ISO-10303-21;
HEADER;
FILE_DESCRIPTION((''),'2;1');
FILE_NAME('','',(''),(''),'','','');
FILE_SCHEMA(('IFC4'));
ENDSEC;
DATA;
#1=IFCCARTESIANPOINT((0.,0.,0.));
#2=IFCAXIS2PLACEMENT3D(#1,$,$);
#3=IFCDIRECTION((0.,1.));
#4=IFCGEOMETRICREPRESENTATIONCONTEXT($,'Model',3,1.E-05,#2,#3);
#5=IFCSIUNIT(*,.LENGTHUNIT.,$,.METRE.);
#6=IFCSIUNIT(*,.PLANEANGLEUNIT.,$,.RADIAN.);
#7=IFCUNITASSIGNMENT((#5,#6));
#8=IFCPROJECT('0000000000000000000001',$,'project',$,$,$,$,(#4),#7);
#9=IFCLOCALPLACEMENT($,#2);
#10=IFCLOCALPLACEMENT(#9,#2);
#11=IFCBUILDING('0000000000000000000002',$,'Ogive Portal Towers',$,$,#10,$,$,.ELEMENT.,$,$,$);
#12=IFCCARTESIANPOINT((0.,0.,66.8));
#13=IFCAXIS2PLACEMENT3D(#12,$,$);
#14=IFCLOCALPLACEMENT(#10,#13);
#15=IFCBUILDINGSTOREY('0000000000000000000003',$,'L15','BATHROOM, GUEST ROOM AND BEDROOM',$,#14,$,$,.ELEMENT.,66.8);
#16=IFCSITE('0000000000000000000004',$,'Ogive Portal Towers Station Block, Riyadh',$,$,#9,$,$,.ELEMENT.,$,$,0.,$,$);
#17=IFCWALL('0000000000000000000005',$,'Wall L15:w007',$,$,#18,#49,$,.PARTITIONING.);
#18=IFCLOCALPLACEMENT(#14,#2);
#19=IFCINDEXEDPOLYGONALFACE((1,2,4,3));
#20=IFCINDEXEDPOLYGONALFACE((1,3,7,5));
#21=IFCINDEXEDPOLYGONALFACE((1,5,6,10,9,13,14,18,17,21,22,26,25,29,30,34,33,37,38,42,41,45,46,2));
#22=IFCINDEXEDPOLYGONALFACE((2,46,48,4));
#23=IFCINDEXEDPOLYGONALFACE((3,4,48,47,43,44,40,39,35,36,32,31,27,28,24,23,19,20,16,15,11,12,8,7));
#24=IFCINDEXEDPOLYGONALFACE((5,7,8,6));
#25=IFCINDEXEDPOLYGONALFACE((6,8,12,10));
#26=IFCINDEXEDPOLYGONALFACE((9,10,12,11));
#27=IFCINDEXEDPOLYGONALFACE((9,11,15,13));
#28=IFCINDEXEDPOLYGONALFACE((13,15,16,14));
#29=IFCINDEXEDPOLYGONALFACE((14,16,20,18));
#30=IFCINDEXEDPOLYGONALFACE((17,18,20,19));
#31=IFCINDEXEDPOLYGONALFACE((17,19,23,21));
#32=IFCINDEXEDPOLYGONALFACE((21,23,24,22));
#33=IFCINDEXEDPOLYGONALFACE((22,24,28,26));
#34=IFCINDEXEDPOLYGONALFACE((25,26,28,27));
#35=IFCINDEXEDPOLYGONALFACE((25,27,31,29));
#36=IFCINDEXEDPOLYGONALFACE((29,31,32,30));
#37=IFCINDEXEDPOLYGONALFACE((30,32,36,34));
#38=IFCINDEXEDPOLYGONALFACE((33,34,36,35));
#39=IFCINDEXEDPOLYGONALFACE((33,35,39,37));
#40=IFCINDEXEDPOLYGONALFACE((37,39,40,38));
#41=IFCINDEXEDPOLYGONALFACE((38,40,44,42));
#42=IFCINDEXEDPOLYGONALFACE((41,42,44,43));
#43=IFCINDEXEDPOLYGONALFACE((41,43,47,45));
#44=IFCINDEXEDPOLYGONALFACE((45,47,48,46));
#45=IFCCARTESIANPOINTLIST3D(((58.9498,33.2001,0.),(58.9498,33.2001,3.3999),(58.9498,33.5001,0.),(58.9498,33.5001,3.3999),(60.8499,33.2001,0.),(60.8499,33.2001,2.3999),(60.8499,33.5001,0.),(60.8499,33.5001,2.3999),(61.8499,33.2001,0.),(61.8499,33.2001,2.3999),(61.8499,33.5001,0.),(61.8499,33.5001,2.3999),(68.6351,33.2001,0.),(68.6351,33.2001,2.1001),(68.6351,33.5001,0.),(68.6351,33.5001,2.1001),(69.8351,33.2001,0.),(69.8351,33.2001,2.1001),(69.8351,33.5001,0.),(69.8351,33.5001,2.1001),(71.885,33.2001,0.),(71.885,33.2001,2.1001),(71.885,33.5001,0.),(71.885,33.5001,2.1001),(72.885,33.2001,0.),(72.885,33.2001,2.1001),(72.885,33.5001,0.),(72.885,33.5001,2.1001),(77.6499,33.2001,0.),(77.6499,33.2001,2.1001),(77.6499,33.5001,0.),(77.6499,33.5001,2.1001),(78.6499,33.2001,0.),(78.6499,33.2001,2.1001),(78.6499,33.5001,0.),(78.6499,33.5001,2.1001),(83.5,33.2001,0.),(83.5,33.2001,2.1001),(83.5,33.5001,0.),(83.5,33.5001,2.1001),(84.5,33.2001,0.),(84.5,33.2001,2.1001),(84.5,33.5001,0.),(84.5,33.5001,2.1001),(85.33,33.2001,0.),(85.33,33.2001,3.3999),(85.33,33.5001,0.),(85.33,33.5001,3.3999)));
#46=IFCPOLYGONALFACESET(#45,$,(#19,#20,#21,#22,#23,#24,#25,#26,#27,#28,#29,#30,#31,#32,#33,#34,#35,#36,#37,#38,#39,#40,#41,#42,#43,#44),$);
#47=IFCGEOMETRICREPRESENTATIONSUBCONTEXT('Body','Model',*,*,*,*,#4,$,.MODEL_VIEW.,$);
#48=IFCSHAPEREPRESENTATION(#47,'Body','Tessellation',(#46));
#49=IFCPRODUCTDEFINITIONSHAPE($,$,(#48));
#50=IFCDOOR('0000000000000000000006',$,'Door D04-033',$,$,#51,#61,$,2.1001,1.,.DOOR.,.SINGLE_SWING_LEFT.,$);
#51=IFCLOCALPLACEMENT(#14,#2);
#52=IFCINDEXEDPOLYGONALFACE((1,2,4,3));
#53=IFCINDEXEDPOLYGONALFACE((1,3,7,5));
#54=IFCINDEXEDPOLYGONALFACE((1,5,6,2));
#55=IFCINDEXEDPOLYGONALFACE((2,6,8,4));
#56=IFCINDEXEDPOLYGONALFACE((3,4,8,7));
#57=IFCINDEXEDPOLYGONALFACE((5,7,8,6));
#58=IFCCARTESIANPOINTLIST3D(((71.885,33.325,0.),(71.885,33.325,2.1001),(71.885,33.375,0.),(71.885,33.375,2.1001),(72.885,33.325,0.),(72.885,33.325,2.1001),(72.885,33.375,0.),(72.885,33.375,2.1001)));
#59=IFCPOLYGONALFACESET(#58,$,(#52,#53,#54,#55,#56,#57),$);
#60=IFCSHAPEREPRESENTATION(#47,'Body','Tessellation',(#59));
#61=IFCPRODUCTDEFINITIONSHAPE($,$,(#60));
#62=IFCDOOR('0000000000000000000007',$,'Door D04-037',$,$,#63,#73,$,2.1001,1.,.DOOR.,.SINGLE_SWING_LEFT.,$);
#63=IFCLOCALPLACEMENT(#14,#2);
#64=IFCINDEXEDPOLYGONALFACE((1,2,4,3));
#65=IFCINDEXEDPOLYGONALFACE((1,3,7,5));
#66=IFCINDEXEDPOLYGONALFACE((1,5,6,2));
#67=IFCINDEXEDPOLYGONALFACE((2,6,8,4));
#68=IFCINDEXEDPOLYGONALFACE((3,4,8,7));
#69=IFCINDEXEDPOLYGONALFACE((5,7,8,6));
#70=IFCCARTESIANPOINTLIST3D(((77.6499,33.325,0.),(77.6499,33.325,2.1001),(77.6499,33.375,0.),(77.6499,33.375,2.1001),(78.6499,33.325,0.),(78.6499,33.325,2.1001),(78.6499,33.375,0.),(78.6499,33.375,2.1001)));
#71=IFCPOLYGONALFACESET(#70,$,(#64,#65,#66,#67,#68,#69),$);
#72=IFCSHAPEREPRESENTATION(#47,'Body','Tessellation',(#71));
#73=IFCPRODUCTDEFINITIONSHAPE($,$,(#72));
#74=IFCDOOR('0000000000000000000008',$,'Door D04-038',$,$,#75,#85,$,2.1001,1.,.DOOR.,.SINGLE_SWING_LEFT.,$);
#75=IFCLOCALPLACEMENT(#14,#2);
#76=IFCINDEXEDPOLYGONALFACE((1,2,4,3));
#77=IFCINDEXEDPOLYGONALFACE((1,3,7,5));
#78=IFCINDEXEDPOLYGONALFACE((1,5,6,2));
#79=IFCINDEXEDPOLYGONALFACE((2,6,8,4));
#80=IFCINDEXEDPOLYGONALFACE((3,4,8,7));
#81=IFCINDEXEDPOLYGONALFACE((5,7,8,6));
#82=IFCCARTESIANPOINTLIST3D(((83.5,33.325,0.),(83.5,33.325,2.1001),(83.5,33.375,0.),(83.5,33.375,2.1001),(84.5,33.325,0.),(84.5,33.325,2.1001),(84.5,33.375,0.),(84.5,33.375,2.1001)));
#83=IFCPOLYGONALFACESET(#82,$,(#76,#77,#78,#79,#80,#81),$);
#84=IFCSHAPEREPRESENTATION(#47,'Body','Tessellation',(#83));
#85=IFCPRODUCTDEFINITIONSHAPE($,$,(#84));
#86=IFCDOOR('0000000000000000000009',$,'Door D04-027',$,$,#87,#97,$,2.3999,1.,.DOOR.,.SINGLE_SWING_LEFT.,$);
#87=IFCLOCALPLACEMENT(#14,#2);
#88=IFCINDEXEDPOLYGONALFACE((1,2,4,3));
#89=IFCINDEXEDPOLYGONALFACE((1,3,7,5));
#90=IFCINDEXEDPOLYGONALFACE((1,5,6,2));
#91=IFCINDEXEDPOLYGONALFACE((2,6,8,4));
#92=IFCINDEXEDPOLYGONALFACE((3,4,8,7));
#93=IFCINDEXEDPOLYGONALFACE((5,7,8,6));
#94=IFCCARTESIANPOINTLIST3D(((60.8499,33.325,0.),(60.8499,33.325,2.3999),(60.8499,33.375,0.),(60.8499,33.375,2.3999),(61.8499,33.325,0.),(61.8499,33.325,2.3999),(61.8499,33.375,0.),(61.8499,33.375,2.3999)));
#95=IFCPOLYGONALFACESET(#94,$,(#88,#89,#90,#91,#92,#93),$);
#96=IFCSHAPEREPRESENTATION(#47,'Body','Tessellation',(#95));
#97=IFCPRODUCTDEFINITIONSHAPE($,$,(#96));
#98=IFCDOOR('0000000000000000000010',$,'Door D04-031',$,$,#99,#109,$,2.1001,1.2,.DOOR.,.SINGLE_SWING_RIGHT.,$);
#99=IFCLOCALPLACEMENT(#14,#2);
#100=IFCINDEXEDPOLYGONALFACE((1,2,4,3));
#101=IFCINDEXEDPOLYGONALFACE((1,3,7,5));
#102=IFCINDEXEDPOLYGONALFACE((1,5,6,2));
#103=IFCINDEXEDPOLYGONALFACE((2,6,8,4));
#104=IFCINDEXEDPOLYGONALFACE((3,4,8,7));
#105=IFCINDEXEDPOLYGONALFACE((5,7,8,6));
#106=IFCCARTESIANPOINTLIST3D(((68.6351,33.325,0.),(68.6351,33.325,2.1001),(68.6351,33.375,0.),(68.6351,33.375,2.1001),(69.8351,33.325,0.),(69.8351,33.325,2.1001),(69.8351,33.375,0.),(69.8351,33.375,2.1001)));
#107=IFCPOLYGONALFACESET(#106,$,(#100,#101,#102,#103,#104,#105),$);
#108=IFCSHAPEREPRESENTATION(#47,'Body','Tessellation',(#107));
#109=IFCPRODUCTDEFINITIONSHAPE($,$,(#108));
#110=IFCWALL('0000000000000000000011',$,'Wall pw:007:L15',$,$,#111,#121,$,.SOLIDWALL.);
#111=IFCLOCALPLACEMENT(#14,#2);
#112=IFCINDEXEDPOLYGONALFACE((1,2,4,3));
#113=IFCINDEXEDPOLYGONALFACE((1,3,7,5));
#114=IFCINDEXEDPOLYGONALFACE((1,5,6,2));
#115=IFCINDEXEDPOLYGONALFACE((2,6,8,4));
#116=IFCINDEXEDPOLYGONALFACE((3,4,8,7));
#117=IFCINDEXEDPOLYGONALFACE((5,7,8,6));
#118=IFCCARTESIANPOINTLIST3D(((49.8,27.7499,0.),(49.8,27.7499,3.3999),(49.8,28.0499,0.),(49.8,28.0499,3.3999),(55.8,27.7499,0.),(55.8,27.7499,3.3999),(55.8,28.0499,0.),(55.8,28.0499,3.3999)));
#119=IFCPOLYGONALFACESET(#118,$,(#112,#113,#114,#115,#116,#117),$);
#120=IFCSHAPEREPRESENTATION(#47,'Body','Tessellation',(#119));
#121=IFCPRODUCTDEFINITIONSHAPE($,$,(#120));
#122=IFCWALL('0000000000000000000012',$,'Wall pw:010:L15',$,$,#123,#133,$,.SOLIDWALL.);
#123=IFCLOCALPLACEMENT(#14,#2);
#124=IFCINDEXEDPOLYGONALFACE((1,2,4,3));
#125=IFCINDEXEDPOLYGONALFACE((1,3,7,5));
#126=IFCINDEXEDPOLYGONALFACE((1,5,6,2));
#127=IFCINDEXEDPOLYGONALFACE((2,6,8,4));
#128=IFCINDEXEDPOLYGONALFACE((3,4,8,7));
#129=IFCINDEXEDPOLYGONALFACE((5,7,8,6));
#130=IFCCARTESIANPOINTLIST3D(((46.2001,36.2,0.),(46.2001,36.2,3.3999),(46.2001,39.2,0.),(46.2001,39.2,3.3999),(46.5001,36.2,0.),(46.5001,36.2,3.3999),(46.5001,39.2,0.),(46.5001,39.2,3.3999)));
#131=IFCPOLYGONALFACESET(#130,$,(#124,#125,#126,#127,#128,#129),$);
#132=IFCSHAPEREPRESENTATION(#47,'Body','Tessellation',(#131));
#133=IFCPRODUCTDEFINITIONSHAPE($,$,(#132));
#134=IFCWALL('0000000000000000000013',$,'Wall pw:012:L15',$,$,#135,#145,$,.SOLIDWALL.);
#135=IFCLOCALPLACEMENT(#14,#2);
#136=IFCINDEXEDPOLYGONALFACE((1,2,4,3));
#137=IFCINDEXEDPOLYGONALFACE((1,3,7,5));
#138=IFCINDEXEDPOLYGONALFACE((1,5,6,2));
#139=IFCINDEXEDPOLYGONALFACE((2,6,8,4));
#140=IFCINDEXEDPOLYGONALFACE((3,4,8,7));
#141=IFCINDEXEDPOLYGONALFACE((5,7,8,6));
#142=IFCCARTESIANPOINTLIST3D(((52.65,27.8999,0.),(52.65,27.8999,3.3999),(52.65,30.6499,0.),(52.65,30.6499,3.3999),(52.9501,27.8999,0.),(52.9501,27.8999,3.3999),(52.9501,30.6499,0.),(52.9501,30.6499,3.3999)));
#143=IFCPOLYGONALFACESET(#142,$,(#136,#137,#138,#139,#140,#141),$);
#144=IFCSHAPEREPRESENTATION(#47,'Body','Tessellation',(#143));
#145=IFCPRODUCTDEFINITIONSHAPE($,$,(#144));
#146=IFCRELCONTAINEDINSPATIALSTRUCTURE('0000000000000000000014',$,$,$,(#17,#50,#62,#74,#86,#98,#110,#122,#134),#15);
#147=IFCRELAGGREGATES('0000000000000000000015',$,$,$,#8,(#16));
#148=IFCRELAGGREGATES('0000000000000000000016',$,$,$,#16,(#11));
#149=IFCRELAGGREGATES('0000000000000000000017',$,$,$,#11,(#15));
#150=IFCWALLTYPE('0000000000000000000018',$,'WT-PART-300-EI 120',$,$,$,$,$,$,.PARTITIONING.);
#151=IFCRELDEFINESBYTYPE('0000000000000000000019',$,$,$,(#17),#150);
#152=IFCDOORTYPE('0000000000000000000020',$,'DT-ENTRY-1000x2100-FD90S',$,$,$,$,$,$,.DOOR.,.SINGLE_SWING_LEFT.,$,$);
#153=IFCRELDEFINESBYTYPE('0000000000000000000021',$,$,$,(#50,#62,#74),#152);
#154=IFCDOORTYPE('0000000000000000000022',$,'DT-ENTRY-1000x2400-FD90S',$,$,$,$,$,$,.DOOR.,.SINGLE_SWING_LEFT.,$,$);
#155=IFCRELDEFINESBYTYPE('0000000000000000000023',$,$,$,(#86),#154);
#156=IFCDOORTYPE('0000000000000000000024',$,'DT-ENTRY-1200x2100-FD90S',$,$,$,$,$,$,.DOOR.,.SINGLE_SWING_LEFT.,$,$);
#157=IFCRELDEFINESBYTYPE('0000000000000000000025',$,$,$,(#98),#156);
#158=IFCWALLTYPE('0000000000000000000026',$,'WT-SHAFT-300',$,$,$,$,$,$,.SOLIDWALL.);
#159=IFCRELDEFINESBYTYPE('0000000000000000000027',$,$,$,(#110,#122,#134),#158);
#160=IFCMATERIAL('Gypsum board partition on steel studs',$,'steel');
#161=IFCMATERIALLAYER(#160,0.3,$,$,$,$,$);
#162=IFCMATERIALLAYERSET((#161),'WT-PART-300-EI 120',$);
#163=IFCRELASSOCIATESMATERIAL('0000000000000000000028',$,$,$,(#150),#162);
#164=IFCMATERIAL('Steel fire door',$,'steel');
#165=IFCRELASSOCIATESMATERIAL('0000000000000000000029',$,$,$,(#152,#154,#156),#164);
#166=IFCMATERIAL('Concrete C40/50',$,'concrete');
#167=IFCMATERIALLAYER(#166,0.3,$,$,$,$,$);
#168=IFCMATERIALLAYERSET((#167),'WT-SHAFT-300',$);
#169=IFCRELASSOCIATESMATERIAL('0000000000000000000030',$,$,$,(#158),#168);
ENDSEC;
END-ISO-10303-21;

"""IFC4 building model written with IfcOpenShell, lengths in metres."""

from ifc_helpers import new_model, si_unit, direction, frame, frame_2d, origin, place, context, subcontext, project, spatial, rectangle, extrude, material, layer, layer_set, type_object, element, fill, save


model = new_model("IFC4")

# Units and contexts
model_context = context("Model", 3, precision=1e-05, world=origin(), true_north=direction((0.0, 1.0)))
body_context = subcontext(model_context, "Body", "Model", "MODEL_VIEW")
ifc_project = project(units=[si_unit("LENGTHUNIT", "METRE"), si_unit("PLANEANGLEUNIT", "RADIAN")], contexts=[model_context])

# Site, building, storey
site_placement = place(None, origin())
site = spatial("IfcSite", under=ifc_project, at=site_placement, Name="Ogive Portal Towers Station Block, Riyadh", CompositionType="ELEMENT", RefElevation=0.0)
building_placement = place(site_placement, origin())
building = spatial("IfcBuilding", under=site, at=building_placement, Name="Ogive Portal Towers", CompositionType="ELEMENT")
storey_placement = place(building_placement, frame((0.0, 0.0, 66.8)))
storey = spatial("IfcBuildingStorey", under=building, at=storey_placement, Name="L15", Description="BATHROOM, GUEST ROOM AND BEDROOM", CompositionType="ELEMENT", Elevation=66.8)

# Wall, openings, doors
ifc_material_1 = material(Name="Gypsum board partition on steel studs", Category="steel")
ifc_layer_1 = layer(ifc_material_1, 0.3)
ifc_layer_set_1 = layer_set([ifc_layer_1], Name="WT-PART-300-EI 120")
wall_type_1 = type_object("IfcWallType", Name="WT-PART-300-EI 120", PredefinedType="PARTITIONING", material=ifc_layer_set_1)
ifc_material_2 = material(Name="Steel fire door", Category="steel")
door_type_1 = type_object("IfcDoorType", Name="DT-ENTRY-1000x2100-FD90S", OperationType="SINGLE_SWING_LEFT", PredefinedType="DOOR", material=ifc_material_2)
door_type_2 = type_object("IfcDoorType", Name="DT-ENTRY-1000x2400-FD90S", OperationType="SINGLE_SWING_LEFT", PredefinedType="DOOR", material=ifc_material_2)
door_type_3 = type_object("IfcDoorType", Name="DT-ENTRY-1200x2100-FD90S", OperationType="SINGLE_SWING_LEFT", PredefinedType="DOOR", material=ifc_material_2)
wall_1_placement = place(storey_placement, frame((58.95, 33.3501, 0.0), z_axis=(0.0, 0.0, 1.0), x_axis=(1.0, 0.0, 0.0)))
wall_1 = element("IfcWall", 1, at=wall_1_placement, inside=storey, type_object=wall_type_1, Name="Wall L15:w007", PredefinedType="PARTITIONING", context=body_context, shape_type="SweptSolid", body=[
    extrude(rectangle(XDim=26.3801, YDim=0.3, at=frame_2d((13.1899, 0.0))), origin(), (0.0, 0.0, 1.0), 3.3999),
])
opening_1_placement = place(wall_1_placement, frame((1.8999, 0.0, 0.0)))
opening_1 = element("IfcOpeningElement", 2, at=opening_1_placement, cuts=wall_1, PredefinedType="OPENING", context=body_context, shape_type="SweptSolid", body=[
    extrude(rectangle(XDim=1.0, YDim=2.3999, at=frame_2d((0.5, 1.2))), frame((0.0, 0.1602, 0.0), z_axis=(0.0, -1.0, 0.0), x_axis=(1.0, 0.0, 0.0)), (0.0, 0.0, 1.0), 0.3201),
])
opening_2_placement = place(wall_1_placement, frame((9.6851, 0.0, 0.0)))
opening_2 = element("IfcOpeningElement", 3, at=opening_2_placement, cuts=wall_1, PredefinedType="OPENING", context=body_context, shape_type="SweptSolid", body=[
    extrude(rectangle(XDim=1.2, YDim=2.1001, at=frame_2d((0.6001, 1.05))), frame((0.0, 0.1602, 0.0), z_axis=(0.0, -1.0, 0.0), x_axis=(1.0, 0.0, 0.0)), (0.0, 0.0, 1.0), 0.3201),
])
opening_3_placement = place(wall_1_placement, frame((12.9351, 0.0, 0.0)))
opening_3 = element("IfcOpeningElement", 4, at=opening_3_placement, cuts=wall_1, PredefinedType="OPENING", context=body_context, shape_type="SweptSolid", body=[
    extrude(rectangle(XDim=1.0, YDim=2.1001, at=frame_2d((0.5, 1.05))), frame((0.0, 0.1602, 0.0), z_axis=(0.0, -1.0, 0.0), x_axis=(1.0, 0.0, 0.0)), (0.0, 0.0, 1.0), 0.3201),
])
opening_4_placement = place(wall_1_placement, frame((18.7, 0.0, 0.0)))
opening_4 = element("IfcOpeningElement", 5, at=opening_4_placement, cuts=wall_1, PredefinedType="OPENING", context=body_context, shape_type="SweptSolid", body=[
    extrude(rectangle(XDim=1.0, YDim=2.1001, at=frame_2d((0.5, 1.05))), frame((0.0, 0.1602, 0.0), z_axis=(0.0, -1.0, 0.0), x_axis=(1.0, 0.0, 0.0)), (0.0, 0.0, 1.0), 0.3201),
])
opening_5_placement = place(wall_1_placement, frame((24.55, 0.0, 0.0)))
opening_5 = element("IfcOpeningElement", 6, at=opening_5_placement, cuts=wall_1, PredefinedType="OPENING", context=body_context, shape_type="SweptSolid", body=[
    extrude(rectangle(XDim=1.0, YDim=2.1001, at=frame_2d((0.5, 1.05))), frame((0.0, 0.1602, 0.0), z_axis=(0.0, -1.0, 0.0), x_axis=(1.0, 0.0, 0.0)), (0.0, 0.0, 1.0), 0.3201),
])
door_1_placement = place(opening_3_placement, origin())
door_1 = element("IfcDoor", 7, at=door_1_placement, inside=storey, type_object=door_type_1, Name="Door D04-033", OperationType="SINGLE_SWING_LEFT", OverallHeight=2.1001, OverallWidth=1.0, PredefinedType="DOOR", context=body_context, shape_type="SweptSolid", body=[
    extrude(rectangle(XDim=1.0, YDim=2.1001, at=frame_2d((0.5, 1.05))), frame((0.0, 0.0249, 0.0), z_axis=(0.0, -1.0, 0.0), x_axis=(1.0, 0.0, 0.0)), (0.0, 0.0, 1.0), 0.05),
])
fill(opening_3, door_1)
door_2_placement = place(opening_4_placement, origin())
door_2 = element("IfcDoor", 8, at=door_2_placement, inside=storey, type_object=door_type_1, Name="Door D04-037", OperationType="SINGLE_SWING_LEFT", OverallHeight=2.1001, OverallWidth=1.0, PredefinedType="DOOR", context=body_context, shape_type="SweptSolid", body=[
    extrude(rectangle(XDim=1.0, YDim=2.1001, at=frame_2d((0.5, 1.05))), frame((0.0, 0.0249, 0.0), z_axis=(0.0, -1.0, 0.0), x_axis=(1.0, 0.0, 0.0)), (0.0, 0.0, 1.0), 0.05),
])
fill(opening_4, door_2)
door_3_placement = place(opening_5_placement, origin())
door_3 = element("IfcDoor", 9, at=door_3_placement, inside=storey, type_object=door_type_1, Name="Door D04-038", OperationType="SINGLE_SWING_LEFT", OverallHeight=2.1001, OverallWidth=1.0, PredefinedType="DOOR", context=body_context, shape_type="SweptSolid", body=[
    extrude(rectangle(XDim=1.0, YDim=2.1001, at=frame_2d((0.5, 1.05))), frame((0.0, 0.0249, 0.0), z_axis=(0.0, -1.0, 0.0), x_axis=(1.0, 0.0, 0.0)), (0.0, 0.0, 1.0), 0.05),
])
fill(opening_5, door_3)
door_4_placement = place(opening_1_placement, origin())
door_4 = element("IfcDoor", 10, at=door_4_placement, inside=storey, type_object=door_type_2, Name="Door D04-027", OperationType="SINGLE_SWING_LEFT", OverallHeight=2.3999, OverallWidth=1.0, PredefinedType="DOOR", context=body_context, shape_type="SweptSolid", body=[
    extrude(rectangle(XDim=1.0, YDim=2.3999, at=frame_2d((0.5, 1.2))), frame((0.0, 0.0249, 0.0), z_axis=(0.0, -1.0, 0.0), x_axis=(1.0, 0.0, 0.0)), (0.0, 0.0, 1.0), 0.05),
])
fill(opening_1, door_4)
door_5_placement = place(opening_2_placement, origin())
door_5 = element("IfcDoor", 11, at=door_5_placement, inside=storey, type_object=door_type_3, Name="Door D04-031", OperationType="SINGLE_SWING_RIGHT", OverallHeight=2.1001, OverallWidth=1.2, PredefinedType="DOOR", context=body_context, shape_type="SweptSolid", body=[
    extrude(rectangle(XDim=1.2, YDim=2.1001, at=frame_2d((0.6001, 1.05))), frame((0.0, 0.0249, 0.0), z_axis=(0.0, -1.0, 0.0), x_axis=(1.0, 0.0, 0.0)), (0.0, 0.0, 1.0), 0.05),
])
fill(opening_2, door_5)

# Walls
ifc_material_3 = material(Name="Concrete C40/50", Category="concrete")
ifc_layer_2 = layer(ifc_material_3, 0.3)
ifc_layer_set_2 = layer_set([ifc_layer_2], Name="WT-SHAFT-300")
wall_type_2 = type_object("IfcWallType", Name="WT-SHAFT-300", PredefinedType="SOLIDWALL", material=ifc_layer_set_2)
wall_2_placement = place(storey_placement, frame((49.8, 27.8999, 0.0), z_axis=(0.0, 0.0, 1.0), x_axis=(1.0, 0.0, 0.0)))
element("IfcWall", 12, at=wall_2_placement, inside=storey, type_object=wall_type_2, Name="Wall pw:007:L15", PredefinedType="SOLIDWALL", context=body_context, shape_type="SweptSolid", body=[
    extrude(rectangle(XDim=6.0, YDim=0.3, at=frame_2d((3.0, 0.0))), origin(), (0.0, 0.0, 1.0), 3.3999),
])
wall_3_placement = place(storey_placement, frame((46.3501, 36.2, 0.0), z_axis=(0.0, 0.0, 1.0), x_axis=(0.0, 1.0, 0.0)))
element("IfcWall", 13, at=wall_3_placement, inside=storey, type_object=wall_type_2, Name="Wall pw:010:L15", PredefinedType="SOLIDWALL", context=body_context, shape_type="SweptSolid", body=[
    extrude(rectangle(XDim=3.0, YDim=0.3, at=frame_2d((1.5, 0.0))), origin(), (0.0, 0.0, 1.0), 3.3999),
])
wall_4_placement = place(storey_placement, frame((52.8, 27.8999, 0.0), z_axis=(0.0, 0.0, 1.0), x_axis=(0.0, 1.0, 0.0)))
element("IfcWall", 14, at=wall_4_placement, inside=storey, type_object=wall_type_2, Name="Wall pw:012:L15", PredefinedType="SOLIDWALL", context=body_context, shape_type="SweptSolid", body=[
    extrude(rectangle(XDim=2.75, YDim=0.3, at=frame_2d((1.375, 0.0))), origin(), (0.0, 0.0, 1.0), 3.3999),
])

save(model, "model.ifc")
